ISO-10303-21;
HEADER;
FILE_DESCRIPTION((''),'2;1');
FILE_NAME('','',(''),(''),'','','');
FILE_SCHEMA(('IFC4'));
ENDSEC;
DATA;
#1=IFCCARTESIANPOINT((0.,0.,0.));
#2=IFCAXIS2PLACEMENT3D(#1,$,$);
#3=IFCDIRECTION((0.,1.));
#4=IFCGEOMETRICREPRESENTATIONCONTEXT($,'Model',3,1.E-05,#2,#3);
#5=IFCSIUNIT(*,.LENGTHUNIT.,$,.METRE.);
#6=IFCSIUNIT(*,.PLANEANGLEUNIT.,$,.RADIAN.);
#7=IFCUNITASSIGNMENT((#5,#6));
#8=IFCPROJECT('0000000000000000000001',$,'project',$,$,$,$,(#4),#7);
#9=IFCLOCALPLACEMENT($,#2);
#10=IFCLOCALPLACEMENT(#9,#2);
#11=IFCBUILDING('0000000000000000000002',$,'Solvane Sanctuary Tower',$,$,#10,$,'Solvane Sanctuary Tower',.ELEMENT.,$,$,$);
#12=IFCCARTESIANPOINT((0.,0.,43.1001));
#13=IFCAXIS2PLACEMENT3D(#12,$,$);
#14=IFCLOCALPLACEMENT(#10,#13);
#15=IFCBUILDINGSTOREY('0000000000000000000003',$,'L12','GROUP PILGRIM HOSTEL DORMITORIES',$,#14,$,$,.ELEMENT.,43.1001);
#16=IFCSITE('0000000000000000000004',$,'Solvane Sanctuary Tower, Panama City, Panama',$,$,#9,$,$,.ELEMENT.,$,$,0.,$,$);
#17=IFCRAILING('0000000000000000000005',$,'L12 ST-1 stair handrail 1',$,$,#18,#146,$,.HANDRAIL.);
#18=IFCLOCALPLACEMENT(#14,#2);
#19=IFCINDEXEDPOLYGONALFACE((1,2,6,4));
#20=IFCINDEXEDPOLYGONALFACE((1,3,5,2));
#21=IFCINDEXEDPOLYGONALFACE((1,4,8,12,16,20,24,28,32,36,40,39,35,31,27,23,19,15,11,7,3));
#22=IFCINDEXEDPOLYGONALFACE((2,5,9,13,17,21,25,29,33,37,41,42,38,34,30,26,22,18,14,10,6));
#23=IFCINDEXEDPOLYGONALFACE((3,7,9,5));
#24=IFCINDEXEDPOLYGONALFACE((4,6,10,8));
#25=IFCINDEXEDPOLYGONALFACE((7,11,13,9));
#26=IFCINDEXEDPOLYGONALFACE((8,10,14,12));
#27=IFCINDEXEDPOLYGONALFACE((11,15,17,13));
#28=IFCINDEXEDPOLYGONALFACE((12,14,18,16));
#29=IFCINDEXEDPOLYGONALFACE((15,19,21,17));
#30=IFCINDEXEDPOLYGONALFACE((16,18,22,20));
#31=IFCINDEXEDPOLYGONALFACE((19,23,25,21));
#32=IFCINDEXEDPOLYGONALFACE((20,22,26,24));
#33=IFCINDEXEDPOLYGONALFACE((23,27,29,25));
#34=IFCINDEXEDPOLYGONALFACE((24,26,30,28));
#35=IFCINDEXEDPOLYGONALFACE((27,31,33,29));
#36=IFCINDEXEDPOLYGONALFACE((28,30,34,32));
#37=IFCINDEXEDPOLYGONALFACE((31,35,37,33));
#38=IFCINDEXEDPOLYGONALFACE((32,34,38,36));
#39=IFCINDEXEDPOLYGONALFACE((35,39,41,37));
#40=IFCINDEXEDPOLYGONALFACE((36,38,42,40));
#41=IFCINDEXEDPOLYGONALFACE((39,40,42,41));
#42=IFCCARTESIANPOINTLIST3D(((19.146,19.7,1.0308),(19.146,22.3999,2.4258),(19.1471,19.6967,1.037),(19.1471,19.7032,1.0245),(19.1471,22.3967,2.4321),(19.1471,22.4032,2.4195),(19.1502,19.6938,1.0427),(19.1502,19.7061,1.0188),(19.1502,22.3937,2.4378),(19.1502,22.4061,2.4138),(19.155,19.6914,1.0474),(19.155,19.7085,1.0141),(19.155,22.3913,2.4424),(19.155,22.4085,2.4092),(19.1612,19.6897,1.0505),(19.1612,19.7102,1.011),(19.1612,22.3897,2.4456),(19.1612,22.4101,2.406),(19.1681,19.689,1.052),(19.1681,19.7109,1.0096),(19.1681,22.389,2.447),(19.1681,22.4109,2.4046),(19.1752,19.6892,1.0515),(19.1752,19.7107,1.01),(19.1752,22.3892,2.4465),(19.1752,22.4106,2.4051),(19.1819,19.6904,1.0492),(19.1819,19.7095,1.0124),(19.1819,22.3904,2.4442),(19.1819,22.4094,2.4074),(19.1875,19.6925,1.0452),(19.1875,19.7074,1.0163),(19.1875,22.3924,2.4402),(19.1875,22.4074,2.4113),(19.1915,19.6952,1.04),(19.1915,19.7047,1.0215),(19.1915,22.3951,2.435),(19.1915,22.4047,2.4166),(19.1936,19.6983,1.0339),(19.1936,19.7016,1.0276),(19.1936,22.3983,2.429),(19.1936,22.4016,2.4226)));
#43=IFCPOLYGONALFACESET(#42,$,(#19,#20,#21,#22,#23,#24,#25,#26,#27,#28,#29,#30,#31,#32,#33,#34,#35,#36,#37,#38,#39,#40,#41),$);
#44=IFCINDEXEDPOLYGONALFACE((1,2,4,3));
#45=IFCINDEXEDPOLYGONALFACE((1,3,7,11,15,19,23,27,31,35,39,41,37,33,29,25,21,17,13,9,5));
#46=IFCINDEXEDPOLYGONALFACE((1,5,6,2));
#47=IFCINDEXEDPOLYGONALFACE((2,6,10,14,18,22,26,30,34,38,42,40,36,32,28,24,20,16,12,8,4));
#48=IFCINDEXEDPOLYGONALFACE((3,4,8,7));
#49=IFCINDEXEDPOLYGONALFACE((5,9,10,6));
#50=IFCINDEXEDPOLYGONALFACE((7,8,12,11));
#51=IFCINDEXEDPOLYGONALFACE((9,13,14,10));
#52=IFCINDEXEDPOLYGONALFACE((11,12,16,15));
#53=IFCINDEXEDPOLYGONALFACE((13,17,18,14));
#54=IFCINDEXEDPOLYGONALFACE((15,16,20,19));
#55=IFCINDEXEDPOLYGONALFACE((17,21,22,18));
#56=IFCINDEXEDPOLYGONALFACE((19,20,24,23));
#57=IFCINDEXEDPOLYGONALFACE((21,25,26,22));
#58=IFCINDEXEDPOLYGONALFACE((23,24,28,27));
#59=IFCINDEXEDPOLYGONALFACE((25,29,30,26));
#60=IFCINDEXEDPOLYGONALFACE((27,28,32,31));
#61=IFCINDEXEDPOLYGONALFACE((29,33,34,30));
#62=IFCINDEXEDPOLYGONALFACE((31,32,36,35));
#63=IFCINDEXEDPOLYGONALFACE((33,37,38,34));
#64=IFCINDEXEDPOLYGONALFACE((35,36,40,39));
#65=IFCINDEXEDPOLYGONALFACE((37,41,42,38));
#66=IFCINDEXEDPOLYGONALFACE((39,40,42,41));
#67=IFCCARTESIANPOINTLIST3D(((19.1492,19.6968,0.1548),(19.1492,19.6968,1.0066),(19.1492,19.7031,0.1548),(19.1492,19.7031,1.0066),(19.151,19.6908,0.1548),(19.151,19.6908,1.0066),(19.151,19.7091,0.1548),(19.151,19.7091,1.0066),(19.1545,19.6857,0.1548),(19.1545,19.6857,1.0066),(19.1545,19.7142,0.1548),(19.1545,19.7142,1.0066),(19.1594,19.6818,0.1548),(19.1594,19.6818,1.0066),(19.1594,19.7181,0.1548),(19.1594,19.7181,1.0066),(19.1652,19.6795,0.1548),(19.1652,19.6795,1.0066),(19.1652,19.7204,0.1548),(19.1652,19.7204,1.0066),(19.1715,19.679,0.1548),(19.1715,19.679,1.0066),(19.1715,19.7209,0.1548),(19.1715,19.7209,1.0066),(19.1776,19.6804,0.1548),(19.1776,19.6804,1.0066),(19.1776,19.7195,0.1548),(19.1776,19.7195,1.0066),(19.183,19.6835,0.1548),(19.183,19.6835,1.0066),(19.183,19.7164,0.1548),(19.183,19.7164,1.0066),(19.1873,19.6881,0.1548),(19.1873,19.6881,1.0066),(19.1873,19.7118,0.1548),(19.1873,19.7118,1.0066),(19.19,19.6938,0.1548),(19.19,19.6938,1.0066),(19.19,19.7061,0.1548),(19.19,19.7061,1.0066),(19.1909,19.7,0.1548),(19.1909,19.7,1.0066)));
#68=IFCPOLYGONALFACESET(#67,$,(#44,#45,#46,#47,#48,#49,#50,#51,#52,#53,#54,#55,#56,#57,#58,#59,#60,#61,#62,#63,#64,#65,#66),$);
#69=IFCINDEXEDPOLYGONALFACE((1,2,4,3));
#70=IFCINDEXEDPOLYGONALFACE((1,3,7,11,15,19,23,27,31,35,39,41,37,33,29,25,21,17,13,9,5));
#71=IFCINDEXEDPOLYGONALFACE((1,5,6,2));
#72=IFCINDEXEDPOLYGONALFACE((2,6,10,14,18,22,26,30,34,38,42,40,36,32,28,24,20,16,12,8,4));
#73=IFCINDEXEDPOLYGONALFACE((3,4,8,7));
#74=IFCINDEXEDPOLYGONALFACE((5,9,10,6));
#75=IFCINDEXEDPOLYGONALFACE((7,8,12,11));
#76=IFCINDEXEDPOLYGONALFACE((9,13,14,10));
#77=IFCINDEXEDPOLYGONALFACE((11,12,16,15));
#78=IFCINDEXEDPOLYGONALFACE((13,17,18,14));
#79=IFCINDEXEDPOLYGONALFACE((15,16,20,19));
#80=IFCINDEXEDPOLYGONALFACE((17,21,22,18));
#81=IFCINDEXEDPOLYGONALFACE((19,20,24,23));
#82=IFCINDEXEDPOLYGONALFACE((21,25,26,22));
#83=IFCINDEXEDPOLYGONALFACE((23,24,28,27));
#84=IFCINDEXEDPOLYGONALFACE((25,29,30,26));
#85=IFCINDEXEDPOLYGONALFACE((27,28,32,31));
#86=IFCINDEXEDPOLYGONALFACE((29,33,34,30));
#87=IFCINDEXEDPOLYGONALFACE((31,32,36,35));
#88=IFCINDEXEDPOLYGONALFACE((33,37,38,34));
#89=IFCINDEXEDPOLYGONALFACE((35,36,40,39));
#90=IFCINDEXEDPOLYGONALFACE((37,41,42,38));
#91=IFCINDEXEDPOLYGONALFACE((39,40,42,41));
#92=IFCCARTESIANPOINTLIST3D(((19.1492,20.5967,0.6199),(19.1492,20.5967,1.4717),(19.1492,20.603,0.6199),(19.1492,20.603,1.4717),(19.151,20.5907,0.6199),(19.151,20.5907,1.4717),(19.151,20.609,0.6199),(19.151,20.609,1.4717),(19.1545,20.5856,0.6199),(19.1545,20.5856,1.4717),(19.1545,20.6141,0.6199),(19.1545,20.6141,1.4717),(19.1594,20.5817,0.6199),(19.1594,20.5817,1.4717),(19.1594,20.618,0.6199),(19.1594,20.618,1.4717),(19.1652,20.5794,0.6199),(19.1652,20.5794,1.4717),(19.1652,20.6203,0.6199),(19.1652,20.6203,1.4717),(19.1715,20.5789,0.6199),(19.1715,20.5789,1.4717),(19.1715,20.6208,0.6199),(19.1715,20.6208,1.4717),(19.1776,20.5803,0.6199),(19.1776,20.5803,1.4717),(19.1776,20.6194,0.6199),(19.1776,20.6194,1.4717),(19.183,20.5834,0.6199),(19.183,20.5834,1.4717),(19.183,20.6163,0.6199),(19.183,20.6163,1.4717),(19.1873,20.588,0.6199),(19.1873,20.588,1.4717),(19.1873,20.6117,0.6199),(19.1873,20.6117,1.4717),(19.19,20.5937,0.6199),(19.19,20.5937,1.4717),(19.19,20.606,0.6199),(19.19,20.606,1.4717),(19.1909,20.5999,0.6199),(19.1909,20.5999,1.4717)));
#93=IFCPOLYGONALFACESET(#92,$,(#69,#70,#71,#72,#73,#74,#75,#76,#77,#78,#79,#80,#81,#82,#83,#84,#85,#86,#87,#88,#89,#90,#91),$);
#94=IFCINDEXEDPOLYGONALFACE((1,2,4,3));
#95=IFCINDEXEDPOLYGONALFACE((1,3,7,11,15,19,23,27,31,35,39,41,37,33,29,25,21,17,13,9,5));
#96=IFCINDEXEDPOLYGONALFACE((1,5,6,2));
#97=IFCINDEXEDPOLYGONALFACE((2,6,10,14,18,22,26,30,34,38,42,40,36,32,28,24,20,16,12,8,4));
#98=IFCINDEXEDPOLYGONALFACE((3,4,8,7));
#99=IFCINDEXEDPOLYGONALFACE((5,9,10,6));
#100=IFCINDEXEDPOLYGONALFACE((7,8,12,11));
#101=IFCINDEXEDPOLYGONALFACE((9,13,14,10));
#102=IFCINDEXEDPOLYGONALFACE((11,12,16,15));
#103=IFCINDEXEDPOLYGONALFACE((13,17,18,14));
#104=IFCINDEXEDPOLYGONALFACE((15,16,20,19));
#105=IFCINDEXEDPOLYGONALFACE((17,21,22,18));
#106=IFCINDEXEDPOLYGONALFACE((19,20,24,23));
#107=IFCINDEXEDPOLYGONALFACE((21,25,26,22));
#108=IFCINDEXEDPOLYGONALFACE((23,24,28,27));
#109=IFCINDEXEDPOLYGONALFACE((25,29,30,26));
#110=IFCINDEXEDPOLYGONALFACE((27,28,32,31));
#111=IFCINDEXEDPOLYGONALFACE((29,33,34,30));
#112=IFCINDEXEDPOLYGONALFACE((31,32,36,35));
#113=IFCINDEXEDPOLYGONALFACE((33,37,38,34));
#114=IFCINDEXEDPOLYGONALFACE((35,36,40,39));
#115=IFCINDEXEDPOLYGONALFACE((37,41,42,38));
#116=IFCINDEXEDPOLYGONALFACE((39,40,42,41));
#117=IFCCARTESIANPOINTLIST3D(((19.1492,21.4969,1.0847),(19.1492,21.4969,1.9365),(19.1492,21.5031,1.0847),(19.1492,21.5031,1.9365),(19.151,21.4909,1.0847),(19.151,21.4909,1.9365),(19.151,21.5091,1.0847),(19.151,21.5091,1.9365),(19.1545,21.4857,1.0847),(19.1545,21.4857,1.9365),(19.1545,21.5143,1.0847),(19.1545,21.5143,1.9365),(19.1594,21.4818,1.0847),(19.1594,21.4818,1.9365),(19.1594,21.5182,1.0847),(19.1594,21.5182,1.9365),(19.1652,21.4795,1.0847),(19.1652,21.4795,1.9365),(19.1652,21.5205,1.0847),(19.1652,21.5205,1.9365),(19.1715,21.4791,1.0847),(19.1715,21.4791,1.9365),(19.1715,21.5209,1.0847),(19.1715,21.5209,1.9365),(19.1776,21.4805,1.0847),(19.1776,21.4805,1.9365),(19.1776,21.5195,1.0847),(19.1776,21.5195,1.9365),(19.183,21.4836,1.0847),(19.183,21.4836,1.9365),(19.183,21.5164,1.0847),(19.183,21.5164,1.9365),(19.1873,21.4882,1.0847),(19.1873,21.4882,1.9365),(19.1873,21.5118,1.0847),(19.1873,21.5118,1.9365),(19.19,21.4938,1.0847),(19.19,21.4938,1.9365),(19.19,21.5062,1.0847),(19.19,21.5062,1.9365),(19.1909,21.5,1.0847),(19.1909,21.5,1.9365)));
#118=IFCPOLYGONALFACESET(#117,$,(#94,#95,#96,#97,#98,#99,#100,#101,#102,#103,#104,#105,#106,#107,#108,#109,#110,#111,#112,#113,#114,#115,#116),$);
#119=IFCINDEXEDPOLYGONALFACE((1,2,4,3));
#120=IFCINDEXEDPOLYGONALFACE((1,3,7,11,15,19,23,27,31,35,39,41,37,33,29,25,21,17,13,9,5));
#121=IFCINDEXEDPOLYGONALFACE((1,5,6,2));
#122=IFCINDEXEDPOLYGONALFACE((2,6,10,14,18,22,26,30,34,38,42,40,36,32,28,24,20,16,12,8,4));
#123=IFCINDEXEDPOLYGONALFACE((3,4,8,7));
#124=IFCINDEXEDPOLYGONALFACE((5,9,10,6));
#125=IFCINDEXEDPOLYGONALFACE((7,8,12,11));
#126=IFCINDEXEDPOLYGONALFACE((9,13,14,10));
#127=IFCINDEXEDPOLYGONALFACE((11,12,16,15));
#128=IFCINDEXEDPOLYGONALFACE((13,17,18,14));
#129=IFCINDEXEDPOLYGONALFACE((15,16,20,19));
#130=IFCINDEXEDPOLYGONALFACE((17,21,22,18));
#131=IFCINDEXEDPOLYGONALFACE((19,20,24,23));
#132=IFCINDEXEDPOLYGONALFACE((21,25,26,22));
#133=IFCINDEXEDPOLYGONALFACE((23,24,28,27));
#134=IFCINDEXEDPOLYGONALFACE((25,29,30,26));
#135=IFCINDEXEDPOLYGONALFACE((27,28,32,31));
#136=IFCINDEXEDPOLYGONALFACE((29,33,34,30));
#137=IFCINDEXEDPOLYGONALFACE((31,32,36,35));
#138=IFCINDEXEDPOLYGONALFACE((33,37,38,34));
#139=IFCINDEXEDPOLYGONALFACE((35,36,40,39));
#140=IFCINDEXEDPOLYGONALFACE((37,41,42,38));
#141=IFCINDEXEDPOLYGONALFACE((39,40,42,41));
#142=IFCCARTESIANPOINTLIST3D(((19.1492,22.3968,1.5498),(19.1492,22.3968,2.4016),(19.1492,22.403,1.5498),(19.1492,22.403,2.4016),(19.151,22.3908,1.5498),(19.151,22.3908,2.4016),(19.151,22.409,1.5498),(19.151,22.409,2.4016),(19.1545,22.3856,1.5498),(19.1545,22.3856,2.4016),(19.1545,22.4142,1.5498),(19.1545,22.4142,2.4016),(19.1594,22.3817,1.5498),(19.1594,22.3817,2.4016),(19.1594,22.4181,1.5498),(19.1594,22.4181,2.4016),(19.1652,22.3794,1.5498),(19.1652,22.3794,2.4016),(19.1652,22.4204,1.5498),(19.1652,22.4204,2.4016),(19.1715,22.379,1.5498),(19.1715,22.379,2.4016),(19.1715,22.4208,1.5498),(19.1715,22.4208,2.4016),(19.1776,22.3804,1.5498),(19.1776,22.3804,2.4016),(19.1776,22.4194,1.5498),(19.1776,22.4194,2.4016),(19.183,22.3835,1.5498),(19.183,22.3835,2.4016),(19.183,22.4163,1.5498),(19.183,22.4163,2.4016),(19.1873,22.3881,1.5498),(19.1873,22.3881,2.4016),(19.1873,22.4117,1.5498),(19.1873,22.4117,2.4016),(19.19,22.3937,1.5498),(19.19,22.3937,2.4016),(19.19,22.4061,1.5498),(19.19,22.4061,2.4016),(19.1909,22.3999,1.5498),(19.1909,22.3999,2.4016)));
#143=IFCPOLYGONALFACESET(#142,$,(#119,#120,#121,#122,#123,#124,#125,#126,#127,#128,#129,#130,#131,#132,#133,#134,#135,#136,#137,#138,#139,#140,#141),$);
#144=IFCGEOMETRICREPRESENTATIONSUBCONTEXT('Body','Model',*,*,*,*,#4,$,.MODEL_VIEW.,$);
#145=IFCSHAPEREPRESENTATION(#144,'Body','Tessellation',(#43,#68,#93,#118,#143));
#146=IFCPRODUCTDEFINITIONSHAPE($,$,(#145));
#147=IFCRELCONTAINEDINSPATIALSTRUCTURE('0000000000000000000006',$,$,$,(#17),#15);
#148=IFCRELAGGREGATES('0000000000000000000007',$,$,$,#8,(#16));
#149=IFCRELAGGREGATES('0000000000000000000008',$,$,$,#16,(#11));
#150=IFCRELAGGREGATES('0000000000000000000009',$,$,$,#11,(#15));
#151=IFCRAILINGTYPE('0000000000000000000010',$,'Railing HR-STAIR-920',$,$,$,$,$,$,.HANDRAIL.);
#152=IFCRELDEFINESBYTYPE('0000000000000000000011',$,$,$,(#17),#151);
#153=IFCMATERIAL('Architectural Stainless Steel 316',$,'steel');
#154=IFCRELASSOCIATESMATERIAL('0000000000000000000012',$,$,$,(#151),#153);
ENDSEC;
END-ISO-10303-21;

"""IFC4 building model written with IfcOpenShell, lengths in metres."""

from ifc_helpers import new_model, si_unit, direction, frame, origin, origin_2d, place, context, subcontext, project, spatial, circle, extrude, material, type_object, element, save


model = new_model("IFC4")

# Units and contexts
model_context = context("Model", 3, precision=1e-05, world=origin(), true_north=direction((0.0, 1.0)))
body_context = subcontext(model_context, "Body", "Model", "MODEL_VIEW")
ifc_project = project(units=[si_unit("LENGTHUNIT", "METRE"), si_unit("PLANEANGLEUNIT", "RADIAN")], contexts=[model_context])

# Site, building, storey
site_placement = place(None, origin())
site = spatial("IfcSite", under=ifc_project, at=site_placement, Name="Solvane Sanctuary Tower, Panama City, Panama", CompositionType="ELEMENT", RefElevation=0.0)
building_placement = place(site_placement, origin())
building = spatial("IfcBuilding", under=site, at=building_placement, Name="Solvane Sanctuary Tower", LongName="Solvane Sanctuary Tower", CompositionType="ELEMENT")
storey_placement = place(building_placement, frame((0.0, 0.0, 43.1001)))
storey = spatial("IfcBuildingStorey", under=building, at=storey_placement, Name="L12", Description="GROUP PILGRIM HOSTEL DORMITORIES", CompositionType="ELEMENT", Elevation=43.1001)

# Shared definitions
ifc_material_1 = material(Name="Architectural Stainless Steel 316", Category="steel")

# Railing
railing_type_1 = type_object("IfcRailingType", Name="Railing HR-STAIR-920", PredefinedType="HANDRAIL", material=ifc_material_1)
railing_1_placement = place(storey_placement, frame((19.1699, 19.7, 0.1548)))
element("IfcRailing", 1, at=railing_1_placement, inside=storey, type_object=railing_type_1, Name="L12 ST-1 stair handrail 1", PredefinedType="HANDRAIL", context=body_context, shape_type="SweptSolid", body=[
    extrude(circle(Radius=0.0239, at=origin_2d()), frame((0.0, 0.0, 0.876), z_axis=(0.0, 0.88842, 0.459032), x_axis=(-1.0, 0.0, 0.0)), (0.0, 0.0, 1.0), 3.0391),
    extrude(circle(Radius=0.021, at=origin_2d()), origin(), (0.0, 0.0, 1.0), 0.8518),
    extrude(circle(Radius=0.021, at=origin_2d()), frame((0.0, 0.8999, 0.4651)), (0.0, 0.0, 1.0), 0.8518),
    extrude(circle(Radius=0.021, at=origin_2d()), frame((0.0, 1.8, 0.9299)), (0.0, 0.0, 1.0), 0.8518),
    extrude(circle(Radius=0.021, at=origin_2d()), frame((0.0, 2.7, 1.395)), (0.0, 0.0, 1.0), 0.8518),
])

save(model, "model.ifc")
